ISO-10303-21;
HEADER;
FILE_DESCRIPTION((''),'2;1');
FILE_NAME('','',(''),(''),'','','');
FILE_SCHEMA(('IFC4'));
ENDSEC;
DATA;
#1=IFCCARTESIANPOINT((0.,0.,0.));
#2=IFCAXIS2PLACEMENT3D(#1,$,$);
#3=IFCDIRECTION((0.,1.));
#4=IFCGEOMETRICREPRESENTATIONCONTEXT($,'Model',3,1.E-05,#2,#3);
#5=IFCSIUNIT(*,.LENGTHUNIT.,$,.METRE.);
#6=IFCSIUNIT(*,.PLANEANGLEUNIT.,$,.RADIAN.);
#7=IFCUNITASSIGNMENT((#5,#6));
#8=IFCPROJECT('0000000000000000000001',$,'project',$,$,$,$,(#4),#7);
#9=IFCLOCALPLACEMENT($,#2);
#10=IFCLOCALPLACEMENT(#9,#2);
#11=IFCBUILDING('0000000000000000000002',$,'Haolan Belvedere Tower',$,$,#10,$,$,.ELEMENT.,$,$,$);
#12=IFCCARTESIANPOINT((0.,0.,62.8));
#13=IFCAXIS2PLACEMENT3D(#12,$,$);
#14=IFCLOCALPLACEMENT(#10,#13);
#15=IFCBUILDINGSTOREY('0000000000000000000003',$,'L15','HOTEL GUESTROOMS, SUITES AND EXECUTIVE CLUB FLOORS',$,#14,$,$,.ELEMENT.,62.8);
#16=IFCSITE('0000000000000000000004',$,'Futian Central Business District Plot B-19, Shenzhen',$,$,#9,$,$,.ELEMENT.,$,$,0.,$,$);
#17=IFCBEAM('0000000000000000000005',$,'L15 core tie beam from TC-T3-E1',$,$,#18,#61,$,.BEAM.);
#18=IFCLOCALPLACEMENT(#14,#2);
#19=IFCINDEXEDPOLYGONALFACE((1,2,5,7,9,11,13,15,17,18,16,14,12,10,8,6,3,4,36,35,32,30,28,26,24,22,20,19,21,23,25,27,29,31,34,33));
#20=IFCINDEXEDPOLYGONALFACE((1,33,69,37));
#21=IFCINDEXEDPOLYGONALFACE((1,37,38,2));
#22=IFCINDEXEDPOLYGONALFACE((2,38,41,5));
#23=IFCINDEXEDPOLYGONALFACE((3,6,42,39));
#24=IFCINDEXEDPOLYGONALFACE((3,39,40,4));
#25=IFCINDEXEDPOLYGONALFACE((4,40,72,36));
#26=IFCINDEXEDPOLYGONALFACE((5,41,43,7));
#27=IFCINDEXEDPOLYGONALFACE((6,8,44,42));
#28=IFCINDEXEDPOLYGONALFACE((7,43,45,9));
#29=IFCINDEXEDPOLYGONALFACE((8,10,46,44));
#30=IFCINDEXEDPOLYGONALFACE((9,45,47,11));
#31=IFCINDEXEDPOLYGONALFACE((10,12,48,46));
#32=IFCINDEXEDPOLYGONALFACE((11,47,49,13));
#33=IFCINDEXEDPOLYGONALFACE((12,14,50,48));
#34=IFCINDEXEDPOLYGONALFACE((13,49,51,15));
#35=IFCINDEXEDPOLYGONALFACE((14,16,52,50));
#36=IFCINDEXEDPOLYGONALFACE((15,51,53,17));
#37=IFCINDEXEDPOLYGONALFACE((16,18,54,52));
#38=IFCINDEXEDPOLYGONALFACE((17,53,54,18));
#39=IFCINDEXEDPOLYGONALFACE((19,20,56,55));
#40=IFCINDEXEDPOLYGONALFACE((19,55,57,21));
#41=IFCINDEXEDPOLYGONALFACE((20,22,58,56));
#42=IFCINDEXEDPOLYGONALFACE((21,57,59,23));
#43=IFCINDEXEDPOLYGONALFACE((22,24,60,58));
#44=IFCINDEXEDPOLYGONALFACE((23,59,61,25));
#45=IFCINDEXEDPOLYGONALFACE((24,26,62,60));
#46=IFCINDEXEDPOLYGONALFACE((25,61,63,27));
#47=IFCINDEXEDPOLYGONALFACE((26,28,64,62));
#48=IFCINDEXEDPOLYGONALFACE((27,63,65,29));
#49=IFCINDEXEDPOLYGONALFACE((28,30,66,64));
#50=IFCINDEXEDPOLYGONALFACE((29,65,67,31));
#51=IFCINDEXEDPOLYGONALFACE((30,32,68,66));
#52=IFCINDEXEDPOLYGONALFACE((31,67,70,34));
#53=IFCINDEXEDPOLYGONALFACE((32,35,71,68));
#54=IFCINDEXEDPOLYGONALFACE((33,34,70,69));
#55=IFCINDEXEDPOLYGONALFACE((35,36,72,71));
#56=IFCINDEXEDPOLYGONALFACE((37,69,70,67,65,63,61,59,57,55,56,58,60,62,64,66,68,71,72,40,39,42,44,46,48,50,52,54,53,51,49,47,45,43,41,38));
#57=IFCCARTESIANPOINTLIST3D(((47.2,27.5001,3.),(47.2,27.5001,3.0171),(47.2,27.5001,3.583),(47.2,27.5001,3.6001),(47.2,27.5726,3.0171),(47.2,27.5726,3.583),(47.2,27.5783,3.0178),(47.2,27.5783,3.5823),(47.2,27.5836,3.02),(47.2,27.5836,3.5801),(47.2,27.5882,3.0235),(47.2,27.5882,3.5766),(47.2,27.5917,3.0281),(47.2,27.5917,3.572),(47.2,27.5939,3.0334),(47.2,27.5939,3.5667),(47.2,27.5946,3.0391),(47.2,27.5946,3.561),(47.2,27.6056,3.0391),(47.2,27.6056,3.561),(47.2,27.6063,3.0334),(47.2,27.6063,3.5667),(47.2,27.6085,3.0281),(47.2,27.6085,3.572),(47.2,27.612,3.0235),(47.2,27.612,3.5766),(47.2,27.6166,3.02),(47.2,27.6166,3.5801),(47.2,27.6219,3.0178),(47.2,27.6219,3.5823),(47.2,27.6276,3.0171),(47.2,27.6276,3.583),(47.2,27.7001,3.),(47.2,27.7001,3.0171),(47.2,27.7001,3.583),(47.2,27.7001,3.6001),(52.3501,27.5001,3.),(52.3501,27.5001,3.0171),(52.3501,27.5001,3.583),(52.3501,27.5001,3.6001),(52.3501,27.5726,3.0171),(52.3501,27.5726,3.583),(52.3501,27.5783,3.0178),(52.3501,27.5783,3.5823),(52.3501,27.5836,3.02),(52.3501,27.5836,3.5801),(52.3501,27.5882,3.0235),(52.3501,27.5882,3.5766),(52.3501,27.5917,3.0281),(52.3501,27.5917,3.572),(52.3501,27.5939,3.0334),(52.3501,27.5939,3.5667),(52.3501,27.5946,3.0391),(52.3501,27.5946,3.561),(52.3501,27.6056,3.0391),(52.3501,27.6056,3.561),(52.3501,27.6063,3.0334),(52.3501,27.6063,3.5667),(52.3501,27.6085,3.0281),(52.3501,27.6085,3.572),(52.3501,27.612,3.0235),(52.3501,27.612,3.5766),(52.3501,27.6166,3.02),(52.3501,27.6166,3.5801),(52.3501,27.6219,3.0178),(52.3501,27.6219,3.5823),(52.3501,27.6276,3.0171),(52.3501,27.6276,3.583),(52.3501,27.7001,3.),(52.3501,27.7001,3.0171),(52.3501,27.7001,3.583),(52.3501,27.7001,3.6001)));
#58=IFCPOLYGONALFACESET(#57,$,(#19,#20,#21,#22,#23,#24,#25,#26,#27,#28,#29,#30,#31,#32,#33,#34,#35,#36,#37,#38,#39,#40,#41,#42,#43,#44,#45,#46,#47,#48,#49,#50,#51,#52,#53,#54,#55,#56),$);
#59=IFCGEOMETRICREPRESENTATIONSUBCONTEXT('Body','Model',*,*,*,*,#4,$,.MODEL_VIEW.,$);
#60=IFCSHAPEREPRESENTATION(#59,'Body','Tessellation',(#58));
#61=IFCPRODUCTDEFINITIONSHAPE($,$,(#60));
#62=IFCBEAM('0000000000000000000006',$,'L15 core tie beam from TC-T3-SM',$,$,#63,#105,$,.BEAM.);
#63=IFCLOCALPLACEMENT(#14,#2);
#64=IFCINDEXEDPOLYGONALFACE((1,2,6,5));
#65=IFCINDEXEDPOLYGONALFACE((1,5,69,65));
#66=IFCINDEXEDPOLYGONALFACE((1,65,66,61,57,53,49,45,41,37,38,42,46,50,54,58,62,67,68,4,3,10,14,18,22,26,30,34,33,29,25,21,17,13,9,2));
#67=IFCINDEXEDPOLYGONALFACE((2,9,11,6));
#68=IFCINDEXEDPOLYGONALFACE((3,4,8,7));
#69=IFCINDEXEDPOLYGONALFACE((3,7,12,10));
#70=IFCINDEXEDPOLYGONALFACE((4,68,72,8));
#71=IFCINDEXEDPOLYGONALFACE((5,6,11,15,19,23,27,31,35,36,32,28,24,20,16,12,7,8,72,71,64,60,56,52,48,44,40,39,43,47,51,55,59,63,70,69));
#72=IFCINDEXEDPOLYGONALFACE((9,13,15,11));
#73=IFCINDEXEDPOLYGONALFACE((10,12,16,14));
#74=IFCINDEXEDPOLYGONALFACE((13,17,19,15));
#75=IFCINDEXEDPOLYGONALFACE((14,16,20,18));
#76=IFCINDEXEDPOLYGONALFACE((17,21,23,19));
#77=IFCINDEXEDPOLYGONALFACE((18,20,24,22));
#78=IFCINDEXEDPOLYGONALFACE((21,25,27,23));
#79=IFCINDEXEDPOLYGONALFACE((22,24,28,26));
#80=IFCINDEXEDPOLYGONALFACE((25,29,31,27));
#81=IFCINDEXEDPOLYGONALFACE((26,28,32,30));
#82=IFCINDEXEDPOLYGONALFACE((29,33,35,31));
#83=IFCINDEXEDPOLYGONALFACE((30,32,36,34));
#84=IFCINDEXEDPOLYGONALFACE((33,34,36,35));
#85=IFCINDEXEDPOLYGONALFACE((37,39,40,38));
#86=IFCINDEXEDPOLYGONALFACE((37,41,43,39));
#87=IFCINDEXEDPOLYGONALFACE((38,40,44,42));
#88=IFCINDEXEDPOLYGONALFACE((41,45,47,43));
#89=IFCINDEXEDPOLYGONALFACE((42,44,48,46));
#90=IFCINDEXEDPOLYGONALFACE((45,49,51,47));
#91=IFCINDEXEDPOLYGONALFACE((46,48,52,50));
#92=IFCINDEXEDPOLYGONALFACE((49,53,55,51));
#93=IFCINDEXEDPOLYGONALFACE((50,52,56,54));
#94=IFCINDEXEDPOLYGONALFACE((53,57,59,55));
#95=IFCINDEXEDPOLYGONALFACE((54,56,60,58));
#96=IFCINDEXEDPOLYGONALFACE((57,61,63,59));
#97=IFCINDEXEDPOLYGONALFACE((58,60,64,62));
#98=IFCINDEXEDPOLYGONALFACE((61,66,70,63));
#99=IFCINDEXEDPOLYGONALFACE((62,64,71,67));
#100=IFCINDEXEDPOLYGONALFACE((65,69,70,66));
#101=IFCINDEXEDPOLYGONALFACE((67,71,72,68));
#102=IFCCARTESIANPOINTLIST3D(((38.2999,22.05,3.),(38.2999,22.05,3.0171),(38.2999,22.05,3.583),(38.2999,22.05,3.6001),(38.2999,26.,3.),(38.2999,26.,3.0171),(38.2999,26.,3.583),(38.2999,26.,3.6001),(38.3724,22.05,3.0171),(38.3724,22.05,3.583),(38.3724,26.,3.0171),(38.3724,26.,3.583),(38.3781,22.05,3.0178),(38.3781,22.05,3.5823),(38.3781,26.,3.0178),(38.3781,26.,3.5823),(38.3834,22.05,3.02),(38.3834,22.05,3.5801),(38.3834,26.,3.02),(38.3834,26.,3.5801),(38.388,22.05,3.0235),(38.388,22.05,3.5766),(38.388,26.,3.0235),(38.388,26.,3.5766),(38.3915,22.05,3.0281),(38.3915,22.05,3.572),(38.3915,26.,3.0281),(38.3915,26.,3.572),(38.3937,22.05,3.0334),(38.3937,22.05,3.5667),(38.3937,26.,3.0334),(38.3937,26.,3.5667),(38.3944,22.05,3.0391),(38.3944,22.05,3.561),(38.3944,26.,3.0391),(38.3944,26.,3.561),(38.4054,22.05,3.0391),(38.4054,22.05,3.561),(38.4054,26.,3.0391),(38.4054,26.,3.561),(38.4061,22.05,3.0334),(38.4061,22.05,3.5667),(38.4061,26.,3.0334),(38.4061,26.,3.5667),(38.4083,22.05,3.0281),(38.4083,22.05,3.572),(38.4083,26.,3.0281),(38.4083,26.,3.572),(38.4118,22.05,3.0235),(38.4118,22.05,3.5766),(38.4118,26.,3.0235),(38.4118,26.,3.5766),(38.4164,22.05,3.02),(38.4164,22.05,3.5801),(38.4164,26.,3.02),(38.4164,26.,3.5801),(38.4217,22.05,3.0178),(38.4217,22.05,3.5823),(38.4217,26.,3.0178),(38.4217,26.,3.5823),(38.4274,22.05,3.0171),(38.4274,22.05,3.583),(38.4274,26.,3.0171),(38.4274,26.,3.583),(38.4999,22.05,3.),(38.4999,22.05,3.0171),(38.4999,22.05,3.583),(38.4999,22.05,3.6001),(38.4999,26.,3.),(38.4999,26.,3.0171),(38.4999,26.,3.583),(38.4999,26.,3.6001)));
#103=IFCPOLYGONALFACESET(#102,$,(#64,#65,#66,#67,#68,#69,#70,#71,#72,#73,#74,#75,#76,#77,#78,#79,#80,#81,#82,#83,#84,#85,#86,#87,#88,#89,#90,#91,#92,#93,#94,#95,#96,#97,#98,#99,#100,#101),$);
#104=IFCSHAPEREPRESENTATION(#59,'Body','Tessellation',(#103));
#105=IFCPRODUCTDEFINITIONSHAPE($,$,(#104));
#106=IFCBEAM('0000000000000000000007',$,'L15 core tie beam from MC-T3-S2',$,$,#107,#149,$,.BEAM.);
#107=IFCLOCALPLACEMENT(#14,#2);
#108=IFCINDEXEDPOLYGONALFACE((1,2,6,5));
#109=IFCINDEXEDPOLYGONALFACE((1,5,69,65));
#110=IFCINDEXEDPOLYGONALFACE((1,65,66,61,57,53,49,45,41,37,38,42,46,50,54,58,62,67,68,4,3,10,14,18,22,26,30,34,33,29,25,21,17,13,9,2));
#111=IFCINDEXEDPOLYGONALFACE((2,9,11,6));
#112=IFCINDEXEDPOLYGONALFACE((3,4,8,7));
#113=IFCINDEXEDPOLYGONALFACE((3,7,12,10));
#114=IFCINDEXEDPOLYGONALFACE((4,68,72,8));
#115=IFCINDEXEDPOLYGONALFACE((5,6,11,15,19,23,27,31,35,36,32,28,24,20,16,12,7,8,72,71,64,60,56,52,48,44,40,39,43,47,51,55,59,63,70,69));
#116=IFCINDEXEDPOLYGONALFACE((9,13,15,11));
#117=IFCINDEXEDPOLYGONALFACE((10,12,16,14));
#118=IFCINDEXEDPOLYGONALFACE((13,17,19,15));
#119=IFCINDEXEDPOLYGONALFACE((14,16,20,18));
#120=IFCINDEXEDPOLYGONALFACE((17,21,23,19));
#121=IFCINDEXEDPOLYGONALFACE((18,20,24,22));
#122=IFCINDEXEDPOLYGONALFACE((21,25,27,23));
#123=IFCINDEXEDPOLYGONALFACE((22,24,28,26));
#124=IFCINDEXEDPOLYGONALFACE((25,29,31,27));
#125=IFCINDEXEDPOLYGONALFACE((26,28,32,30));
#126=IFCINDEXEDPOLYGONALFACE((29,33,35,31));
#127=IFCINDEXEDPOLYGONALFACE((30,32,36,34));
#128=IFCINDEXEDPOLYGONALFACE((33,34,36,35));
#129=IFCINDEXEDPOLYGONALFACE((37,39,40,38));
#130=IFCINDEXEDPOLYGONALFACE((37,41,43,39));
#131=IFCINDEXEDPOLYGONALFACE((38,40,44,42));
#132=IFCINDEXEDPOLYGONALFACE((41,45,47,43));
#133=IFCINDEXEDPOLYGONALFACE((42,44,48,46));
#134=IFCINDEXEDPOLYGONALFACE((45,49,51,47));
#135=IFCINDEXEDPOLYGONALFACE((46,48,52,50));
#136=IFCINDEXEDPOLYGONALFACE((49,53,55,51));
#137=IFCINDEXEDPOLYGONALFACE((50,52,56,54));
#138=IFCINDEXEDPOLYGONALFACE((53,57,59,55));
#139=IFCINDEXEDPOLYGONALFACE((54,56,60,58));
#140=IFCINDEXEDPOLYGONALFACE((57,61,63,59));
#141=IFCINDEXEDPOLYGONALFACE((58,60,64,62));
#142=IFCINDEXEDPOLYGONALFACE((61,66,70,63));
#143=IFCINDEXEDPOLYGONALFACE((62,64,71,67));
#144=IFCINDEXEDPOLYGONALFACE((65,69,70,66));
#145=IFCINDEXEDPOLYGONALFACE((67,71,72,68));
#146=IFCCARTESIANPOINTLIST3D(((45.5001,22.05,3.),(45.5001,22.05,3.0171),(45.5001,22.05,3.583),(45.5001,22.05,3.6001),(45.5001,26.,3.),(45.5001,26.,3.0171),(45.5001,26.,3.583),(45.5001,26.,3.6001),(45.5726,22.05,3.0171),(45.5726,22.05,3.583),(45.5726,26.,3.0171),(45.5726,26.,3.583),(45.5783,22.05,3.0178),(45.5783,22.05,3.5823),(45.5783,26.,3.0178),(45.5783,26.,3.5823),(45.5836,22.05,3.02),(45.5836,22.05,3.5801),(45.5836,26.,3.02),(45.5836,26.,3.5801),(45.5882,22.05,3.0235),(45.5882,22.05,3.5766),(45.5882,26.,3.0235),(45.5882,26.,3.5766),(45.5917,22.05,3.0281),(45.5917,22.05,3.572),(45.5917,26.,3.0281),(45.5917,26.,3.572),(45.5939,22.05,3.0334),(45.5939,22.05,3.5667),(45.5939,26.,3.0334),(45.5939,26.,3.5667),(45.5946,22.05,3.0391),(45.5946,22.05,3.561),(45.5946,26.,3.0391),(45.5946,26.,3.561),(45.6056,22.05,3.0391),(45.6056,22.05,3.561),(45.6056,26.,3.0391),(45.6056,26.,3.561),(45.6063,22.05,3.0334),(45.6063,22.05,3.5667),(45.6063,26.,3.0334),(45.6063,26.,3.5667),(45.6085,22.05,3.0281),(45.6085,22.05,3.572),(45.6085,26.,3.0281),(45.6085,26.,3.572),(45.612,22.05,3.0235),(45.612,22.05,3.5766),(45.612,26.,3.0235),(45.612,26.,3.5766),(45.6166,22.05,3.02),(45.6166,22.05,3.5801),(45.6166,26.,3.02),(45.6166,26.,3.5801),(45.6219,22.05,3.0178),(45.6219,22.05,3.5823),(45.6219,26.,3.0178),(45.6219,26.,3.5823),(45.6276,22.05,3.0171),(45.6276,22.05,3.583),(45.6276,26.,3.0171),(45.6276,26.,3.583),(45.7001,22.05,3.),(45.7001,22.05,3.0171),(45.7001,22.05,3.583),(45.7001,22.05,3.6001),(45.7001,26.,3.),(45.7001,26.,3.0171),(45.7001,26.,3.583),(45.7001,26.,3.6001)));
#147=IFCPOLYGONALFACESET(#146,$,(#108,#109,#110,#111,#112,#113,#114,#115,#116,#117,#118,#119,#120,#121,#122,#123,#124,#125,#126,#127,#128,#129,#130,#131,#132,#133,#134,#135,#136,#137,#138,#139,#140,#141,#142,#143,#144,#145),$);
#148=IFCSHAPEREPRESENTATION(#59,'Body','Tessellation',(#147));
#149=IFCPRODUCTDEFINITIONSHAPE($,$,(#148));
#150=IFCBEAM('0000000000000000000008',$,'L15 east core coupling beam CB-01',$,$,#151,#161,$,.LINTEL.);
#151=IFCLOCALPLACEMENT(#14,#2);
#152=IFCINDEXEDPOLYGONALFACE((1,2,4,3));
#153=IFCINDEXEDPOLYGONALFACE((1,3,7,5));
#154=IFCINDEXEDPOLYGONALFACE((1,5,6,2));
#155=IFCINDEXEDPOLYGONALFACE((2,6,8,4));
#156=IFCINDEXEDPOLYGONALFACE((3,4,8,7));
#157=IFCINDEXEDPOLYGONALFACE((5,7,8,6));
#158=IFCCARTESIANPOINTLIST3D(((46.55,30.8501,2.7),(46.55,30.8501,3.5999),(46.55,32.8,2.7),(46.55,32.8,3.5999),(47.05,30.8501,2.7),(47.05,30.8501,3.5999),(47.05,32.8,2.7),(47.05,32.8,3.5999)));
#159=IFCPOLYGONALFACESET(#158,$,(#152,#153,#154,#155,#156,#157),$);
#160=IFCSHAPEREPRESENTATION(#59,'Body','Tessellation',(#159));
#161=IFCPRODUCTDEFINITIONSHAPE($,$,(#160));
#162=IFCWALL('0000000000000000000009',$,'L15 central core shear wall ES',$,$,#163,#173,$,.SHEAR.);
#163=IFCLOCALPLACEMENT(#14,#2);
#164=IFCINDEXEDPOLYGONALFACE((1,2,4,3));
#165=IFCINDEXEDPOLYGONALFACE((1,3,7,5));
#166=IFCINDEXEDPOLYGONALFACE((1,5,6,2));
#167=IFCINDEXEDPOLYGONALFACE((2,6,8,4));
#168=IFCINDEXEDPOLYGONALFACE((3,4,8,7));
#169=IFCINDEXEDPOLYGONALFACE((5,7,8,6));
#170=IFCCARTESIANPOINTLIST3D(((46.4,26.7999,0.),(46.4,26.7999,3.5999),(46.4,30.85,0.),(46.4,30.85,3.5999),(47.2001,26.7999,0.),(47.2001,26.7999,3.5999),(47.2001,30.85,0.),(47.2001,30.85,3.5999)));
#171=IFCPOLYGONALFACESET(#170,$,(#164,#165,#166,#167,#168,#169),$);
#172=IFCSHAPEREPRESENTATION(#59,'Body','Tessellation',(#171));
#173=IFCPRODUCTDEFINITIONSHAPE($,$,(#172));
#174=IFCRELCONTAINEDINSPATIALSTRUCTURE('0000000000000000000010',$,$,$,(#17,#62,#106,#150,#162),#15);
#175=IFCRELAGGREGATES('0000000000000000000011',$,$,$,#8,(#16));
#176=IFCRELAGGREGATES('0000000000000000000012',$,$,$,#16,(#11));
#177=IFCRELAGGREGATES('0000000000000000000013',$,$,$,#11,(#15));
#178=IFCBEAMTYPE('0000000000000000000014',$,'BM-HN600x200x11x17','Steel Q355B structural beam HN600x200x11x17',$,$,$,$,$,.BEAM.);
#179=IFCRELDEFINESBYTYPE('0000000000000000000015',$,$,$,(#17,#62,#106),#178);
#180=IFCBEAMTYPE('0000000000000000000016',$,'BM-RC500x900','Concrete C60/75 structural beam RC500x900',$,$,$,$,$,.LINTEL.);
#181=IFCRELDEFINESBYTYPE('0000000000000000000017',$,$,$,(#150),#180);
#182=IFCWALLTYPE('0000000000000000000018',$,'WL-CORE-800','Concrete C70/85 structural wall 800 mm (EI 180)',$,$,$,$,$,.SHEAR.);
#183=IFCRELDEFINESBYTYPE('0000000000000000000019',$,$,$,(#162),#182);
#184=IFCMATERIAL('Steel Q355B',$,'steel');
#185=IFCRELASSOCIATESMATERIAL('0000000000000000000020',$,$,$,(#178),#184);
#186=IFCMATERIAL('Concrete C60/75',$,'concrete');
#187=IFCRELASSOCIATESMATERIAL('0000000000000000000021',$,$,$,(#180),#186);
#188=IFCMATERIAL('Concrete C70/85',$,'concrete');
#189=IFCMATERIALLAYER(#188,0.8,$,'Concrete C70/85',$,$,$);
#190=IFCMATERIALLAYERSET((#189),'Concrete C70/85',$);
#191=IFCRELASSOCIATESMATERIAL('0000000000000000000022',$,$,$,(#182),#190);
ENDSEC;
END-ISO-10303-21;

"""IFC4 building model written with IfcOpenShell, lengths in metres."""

from ifc_helpers import new_model, si_unit, direction, frame, frame_2d, origin, origin_2d, place, context, subcontext, project, spatial, rectangle, i_section, extrude, material, layer, layer_set, material_profile, profile_set, type_object, element, save


model = new_model("IFC4")

# Units and contexts
model_context = context("Model", 3, precision=1e-05, world=origin(), true_north=direction((0.0, 1.0)))
body_context = subcontext(model_context, "Body", "Model", "MODEL_VIEW")
ifc_project = project(units=[si_unit("LENGTHUNIT", "METRE"), si_unit("PLANEANGLEUNIT", "RADIAN")], contexts=[model_context])

# Site, building, storey
site_placement = place(None, origin())
site = spatial("IfcSite", under=ifc_project, at=site_placement, Name="Futian Central Business District Plot B-19, Shenzhen", CompositionType="ELEMENT", RefElevation=0.0)
building_placement = place(site_placement, origin())
building = spatial("IfcBuilding", under=site, at=building_placement, Name="Haolan Belvedere Tower", CompositionType="ELEMENT")
storey_placement = place(building_placement, frame((0.0, 0.0, 62.8)))
storey = spatial("IfcBuildingStorey", under=building, at=storey_placement, Name="L15", Description="HOTEL GUESTROOMS, SUITES AND EXECUTIVE CLUB FLOORS", CompositionType="ELEMENT", Elevation=62.8)

# Shared definitions
ifc_material_1 = material(Name="Steel Q355B", Category="steel")

# Beams
ifc_material_profile_1 = material_profile(ifc_material_1, i_section(OverallWidth=0.2, OverallDepth=0.6001, WebThickness=0.011, FlangeThickness=0.0171, FilletRadius=0.022, at=origin_2d()), Name="Steel Q355B")
ifc_profile_set_1 = profile_set([ifc_material_profile_1], Name="Steel Q355B")
beam_type_1 = type_object("IfcBeamType", Name="BM-HN600x200x11x17", Description="Steel Q355B structural beam HN600x200x11x17", PredefinedType="BEAM", material=ifc_profile_set_1)
beam_1_placement = place(storey_placement, frame((52.3501, 27.6001, 3.3), z_axis=(-1.0, 0.0, 0.0), x_axis=(0.0, -1.0, 0.0)))
element("IfcBeam", 1, at=beam_1_placement, inside=storey, type_object=beam_type_1, Name="L15 core tie beam from TC-T3-E1", PredefinedType="BEAM", context=body_context, shape_type="SweptSolid", body=[
    extrude(i_section(OverallWidth=0.2, OverallDepth=0.6001, WebThickness=0.011, FlangeThickness=0.0171, FilletRadius=0.022, at=origin_2d()), origin(), (0.0, 0.0, 1.0), 5.1501),
])
for number, where, z_axis, x_axis, name in (
    (2, (38.3999, 22.05, 3.3), (0.0, 1.0, 0.0), (-1.0, 0.0, 0.0), "L15 core tie beam from TC-T3-SM"),
    (3, (45.6001, 22.05, 3.3), (0.0, 1.0, 0.0), (-1.0, 0.0, 0.0), "L15 core tie beam from MC-T3-S2"),
):
    element("IfcBeam", number, at=place(storey_placement, frame(where, z_axis=z_axis, x_axis=x_axis)), inside=storey, type_object=beam_type_1, Name=name, PredefinedType="BEAM", context=body_context, shape_type="SweptSolid", body=[
        extrude(i_section(OverallWidth=0.2, OverallDepth=0.6001, WebThickness=0.011, FlangeThickness=0.0171, FilletRadius=0.022, at=origin_2d()), origin(), (0.0, 0.0, 1.0), 3.95),
    ])
ifc_material_2 = material(Name="Concrete C60/75", Category="concrete")
ifc_material_profile_2 = material_profile(ifc_material_2, rectangle(XDim=0.5, YDim=0.8999, at=origin_2d()), Name="Concrete C60/75")
ifc_profile_set_2 = profile_set([ifc_material_profile_2], Name="Concrete C60/75")
beam_type_2 = type_object("IfcBeamType", Name="BM-RC500x900", Description="Concrete C60/75 structural beam RC500x900", PredefinedType="LINTEL", material=ifc_profile_set_2)
beam_2_placement = place(storey_placement, frame((46.8, 30.8501, 3.1499), z_axis=(0.0, 1.0, 0.0), x_axis=(-1.0, 0.0, 0.0)))
element("IfcBeam", 4, at=beam_2_placement, inside=storey, type_object=beam_type_2, Name="L15 east core coupling beam CB-01", PredefinedType="LINTEL", context=body_context, shape_type="SweptSolid", body=[
    extrude(rectangle(XDim=0.5, YDim=0.8999, at=origin_2d()), origin(), (0.0, 0.0, 1.0), 1.95),
])

# Wall
ifc_material_3 = material(Name="Concrete C70/85", Category="concrete")
ifc_layer_1 = layer(ifc_material_3, 0.8, Name="Concrete C70/85")
ifc_layer_set_1 = layer_set([ifc_layer_1], Name="Concrete C70/85")
wall_type_1 = type_object("IfcWallType", Name="WL-CORE-800", Description="Concrete C70/85 structural wall 800 mm (EI 180)", PredefinedType="SHEAR", material=ifc_layer_set_1)
wall_1_placement = place(storey_placement, frame((46.8, 26.8, 0.0), z_axis=(0.0, 0.0, 1.0), x_axis=(0.0, 1.0, 0.0)))
element("IfcWall", 5, at=wall_1_placement, inside=storey, type_object=wall_type_1, Name="L15 central core shear wall ES", PredefinedType="SHEAR", context=body_context, shape_type="SweptSolid", body=[
    extrude(rectangle(XDim=4.05, YDim=0.8, at=frame_2d((2.0249, 0.0))), origin(), (0.0, 0.0, 1.0), 3.5999),
])

save(model, "model.ifc")
